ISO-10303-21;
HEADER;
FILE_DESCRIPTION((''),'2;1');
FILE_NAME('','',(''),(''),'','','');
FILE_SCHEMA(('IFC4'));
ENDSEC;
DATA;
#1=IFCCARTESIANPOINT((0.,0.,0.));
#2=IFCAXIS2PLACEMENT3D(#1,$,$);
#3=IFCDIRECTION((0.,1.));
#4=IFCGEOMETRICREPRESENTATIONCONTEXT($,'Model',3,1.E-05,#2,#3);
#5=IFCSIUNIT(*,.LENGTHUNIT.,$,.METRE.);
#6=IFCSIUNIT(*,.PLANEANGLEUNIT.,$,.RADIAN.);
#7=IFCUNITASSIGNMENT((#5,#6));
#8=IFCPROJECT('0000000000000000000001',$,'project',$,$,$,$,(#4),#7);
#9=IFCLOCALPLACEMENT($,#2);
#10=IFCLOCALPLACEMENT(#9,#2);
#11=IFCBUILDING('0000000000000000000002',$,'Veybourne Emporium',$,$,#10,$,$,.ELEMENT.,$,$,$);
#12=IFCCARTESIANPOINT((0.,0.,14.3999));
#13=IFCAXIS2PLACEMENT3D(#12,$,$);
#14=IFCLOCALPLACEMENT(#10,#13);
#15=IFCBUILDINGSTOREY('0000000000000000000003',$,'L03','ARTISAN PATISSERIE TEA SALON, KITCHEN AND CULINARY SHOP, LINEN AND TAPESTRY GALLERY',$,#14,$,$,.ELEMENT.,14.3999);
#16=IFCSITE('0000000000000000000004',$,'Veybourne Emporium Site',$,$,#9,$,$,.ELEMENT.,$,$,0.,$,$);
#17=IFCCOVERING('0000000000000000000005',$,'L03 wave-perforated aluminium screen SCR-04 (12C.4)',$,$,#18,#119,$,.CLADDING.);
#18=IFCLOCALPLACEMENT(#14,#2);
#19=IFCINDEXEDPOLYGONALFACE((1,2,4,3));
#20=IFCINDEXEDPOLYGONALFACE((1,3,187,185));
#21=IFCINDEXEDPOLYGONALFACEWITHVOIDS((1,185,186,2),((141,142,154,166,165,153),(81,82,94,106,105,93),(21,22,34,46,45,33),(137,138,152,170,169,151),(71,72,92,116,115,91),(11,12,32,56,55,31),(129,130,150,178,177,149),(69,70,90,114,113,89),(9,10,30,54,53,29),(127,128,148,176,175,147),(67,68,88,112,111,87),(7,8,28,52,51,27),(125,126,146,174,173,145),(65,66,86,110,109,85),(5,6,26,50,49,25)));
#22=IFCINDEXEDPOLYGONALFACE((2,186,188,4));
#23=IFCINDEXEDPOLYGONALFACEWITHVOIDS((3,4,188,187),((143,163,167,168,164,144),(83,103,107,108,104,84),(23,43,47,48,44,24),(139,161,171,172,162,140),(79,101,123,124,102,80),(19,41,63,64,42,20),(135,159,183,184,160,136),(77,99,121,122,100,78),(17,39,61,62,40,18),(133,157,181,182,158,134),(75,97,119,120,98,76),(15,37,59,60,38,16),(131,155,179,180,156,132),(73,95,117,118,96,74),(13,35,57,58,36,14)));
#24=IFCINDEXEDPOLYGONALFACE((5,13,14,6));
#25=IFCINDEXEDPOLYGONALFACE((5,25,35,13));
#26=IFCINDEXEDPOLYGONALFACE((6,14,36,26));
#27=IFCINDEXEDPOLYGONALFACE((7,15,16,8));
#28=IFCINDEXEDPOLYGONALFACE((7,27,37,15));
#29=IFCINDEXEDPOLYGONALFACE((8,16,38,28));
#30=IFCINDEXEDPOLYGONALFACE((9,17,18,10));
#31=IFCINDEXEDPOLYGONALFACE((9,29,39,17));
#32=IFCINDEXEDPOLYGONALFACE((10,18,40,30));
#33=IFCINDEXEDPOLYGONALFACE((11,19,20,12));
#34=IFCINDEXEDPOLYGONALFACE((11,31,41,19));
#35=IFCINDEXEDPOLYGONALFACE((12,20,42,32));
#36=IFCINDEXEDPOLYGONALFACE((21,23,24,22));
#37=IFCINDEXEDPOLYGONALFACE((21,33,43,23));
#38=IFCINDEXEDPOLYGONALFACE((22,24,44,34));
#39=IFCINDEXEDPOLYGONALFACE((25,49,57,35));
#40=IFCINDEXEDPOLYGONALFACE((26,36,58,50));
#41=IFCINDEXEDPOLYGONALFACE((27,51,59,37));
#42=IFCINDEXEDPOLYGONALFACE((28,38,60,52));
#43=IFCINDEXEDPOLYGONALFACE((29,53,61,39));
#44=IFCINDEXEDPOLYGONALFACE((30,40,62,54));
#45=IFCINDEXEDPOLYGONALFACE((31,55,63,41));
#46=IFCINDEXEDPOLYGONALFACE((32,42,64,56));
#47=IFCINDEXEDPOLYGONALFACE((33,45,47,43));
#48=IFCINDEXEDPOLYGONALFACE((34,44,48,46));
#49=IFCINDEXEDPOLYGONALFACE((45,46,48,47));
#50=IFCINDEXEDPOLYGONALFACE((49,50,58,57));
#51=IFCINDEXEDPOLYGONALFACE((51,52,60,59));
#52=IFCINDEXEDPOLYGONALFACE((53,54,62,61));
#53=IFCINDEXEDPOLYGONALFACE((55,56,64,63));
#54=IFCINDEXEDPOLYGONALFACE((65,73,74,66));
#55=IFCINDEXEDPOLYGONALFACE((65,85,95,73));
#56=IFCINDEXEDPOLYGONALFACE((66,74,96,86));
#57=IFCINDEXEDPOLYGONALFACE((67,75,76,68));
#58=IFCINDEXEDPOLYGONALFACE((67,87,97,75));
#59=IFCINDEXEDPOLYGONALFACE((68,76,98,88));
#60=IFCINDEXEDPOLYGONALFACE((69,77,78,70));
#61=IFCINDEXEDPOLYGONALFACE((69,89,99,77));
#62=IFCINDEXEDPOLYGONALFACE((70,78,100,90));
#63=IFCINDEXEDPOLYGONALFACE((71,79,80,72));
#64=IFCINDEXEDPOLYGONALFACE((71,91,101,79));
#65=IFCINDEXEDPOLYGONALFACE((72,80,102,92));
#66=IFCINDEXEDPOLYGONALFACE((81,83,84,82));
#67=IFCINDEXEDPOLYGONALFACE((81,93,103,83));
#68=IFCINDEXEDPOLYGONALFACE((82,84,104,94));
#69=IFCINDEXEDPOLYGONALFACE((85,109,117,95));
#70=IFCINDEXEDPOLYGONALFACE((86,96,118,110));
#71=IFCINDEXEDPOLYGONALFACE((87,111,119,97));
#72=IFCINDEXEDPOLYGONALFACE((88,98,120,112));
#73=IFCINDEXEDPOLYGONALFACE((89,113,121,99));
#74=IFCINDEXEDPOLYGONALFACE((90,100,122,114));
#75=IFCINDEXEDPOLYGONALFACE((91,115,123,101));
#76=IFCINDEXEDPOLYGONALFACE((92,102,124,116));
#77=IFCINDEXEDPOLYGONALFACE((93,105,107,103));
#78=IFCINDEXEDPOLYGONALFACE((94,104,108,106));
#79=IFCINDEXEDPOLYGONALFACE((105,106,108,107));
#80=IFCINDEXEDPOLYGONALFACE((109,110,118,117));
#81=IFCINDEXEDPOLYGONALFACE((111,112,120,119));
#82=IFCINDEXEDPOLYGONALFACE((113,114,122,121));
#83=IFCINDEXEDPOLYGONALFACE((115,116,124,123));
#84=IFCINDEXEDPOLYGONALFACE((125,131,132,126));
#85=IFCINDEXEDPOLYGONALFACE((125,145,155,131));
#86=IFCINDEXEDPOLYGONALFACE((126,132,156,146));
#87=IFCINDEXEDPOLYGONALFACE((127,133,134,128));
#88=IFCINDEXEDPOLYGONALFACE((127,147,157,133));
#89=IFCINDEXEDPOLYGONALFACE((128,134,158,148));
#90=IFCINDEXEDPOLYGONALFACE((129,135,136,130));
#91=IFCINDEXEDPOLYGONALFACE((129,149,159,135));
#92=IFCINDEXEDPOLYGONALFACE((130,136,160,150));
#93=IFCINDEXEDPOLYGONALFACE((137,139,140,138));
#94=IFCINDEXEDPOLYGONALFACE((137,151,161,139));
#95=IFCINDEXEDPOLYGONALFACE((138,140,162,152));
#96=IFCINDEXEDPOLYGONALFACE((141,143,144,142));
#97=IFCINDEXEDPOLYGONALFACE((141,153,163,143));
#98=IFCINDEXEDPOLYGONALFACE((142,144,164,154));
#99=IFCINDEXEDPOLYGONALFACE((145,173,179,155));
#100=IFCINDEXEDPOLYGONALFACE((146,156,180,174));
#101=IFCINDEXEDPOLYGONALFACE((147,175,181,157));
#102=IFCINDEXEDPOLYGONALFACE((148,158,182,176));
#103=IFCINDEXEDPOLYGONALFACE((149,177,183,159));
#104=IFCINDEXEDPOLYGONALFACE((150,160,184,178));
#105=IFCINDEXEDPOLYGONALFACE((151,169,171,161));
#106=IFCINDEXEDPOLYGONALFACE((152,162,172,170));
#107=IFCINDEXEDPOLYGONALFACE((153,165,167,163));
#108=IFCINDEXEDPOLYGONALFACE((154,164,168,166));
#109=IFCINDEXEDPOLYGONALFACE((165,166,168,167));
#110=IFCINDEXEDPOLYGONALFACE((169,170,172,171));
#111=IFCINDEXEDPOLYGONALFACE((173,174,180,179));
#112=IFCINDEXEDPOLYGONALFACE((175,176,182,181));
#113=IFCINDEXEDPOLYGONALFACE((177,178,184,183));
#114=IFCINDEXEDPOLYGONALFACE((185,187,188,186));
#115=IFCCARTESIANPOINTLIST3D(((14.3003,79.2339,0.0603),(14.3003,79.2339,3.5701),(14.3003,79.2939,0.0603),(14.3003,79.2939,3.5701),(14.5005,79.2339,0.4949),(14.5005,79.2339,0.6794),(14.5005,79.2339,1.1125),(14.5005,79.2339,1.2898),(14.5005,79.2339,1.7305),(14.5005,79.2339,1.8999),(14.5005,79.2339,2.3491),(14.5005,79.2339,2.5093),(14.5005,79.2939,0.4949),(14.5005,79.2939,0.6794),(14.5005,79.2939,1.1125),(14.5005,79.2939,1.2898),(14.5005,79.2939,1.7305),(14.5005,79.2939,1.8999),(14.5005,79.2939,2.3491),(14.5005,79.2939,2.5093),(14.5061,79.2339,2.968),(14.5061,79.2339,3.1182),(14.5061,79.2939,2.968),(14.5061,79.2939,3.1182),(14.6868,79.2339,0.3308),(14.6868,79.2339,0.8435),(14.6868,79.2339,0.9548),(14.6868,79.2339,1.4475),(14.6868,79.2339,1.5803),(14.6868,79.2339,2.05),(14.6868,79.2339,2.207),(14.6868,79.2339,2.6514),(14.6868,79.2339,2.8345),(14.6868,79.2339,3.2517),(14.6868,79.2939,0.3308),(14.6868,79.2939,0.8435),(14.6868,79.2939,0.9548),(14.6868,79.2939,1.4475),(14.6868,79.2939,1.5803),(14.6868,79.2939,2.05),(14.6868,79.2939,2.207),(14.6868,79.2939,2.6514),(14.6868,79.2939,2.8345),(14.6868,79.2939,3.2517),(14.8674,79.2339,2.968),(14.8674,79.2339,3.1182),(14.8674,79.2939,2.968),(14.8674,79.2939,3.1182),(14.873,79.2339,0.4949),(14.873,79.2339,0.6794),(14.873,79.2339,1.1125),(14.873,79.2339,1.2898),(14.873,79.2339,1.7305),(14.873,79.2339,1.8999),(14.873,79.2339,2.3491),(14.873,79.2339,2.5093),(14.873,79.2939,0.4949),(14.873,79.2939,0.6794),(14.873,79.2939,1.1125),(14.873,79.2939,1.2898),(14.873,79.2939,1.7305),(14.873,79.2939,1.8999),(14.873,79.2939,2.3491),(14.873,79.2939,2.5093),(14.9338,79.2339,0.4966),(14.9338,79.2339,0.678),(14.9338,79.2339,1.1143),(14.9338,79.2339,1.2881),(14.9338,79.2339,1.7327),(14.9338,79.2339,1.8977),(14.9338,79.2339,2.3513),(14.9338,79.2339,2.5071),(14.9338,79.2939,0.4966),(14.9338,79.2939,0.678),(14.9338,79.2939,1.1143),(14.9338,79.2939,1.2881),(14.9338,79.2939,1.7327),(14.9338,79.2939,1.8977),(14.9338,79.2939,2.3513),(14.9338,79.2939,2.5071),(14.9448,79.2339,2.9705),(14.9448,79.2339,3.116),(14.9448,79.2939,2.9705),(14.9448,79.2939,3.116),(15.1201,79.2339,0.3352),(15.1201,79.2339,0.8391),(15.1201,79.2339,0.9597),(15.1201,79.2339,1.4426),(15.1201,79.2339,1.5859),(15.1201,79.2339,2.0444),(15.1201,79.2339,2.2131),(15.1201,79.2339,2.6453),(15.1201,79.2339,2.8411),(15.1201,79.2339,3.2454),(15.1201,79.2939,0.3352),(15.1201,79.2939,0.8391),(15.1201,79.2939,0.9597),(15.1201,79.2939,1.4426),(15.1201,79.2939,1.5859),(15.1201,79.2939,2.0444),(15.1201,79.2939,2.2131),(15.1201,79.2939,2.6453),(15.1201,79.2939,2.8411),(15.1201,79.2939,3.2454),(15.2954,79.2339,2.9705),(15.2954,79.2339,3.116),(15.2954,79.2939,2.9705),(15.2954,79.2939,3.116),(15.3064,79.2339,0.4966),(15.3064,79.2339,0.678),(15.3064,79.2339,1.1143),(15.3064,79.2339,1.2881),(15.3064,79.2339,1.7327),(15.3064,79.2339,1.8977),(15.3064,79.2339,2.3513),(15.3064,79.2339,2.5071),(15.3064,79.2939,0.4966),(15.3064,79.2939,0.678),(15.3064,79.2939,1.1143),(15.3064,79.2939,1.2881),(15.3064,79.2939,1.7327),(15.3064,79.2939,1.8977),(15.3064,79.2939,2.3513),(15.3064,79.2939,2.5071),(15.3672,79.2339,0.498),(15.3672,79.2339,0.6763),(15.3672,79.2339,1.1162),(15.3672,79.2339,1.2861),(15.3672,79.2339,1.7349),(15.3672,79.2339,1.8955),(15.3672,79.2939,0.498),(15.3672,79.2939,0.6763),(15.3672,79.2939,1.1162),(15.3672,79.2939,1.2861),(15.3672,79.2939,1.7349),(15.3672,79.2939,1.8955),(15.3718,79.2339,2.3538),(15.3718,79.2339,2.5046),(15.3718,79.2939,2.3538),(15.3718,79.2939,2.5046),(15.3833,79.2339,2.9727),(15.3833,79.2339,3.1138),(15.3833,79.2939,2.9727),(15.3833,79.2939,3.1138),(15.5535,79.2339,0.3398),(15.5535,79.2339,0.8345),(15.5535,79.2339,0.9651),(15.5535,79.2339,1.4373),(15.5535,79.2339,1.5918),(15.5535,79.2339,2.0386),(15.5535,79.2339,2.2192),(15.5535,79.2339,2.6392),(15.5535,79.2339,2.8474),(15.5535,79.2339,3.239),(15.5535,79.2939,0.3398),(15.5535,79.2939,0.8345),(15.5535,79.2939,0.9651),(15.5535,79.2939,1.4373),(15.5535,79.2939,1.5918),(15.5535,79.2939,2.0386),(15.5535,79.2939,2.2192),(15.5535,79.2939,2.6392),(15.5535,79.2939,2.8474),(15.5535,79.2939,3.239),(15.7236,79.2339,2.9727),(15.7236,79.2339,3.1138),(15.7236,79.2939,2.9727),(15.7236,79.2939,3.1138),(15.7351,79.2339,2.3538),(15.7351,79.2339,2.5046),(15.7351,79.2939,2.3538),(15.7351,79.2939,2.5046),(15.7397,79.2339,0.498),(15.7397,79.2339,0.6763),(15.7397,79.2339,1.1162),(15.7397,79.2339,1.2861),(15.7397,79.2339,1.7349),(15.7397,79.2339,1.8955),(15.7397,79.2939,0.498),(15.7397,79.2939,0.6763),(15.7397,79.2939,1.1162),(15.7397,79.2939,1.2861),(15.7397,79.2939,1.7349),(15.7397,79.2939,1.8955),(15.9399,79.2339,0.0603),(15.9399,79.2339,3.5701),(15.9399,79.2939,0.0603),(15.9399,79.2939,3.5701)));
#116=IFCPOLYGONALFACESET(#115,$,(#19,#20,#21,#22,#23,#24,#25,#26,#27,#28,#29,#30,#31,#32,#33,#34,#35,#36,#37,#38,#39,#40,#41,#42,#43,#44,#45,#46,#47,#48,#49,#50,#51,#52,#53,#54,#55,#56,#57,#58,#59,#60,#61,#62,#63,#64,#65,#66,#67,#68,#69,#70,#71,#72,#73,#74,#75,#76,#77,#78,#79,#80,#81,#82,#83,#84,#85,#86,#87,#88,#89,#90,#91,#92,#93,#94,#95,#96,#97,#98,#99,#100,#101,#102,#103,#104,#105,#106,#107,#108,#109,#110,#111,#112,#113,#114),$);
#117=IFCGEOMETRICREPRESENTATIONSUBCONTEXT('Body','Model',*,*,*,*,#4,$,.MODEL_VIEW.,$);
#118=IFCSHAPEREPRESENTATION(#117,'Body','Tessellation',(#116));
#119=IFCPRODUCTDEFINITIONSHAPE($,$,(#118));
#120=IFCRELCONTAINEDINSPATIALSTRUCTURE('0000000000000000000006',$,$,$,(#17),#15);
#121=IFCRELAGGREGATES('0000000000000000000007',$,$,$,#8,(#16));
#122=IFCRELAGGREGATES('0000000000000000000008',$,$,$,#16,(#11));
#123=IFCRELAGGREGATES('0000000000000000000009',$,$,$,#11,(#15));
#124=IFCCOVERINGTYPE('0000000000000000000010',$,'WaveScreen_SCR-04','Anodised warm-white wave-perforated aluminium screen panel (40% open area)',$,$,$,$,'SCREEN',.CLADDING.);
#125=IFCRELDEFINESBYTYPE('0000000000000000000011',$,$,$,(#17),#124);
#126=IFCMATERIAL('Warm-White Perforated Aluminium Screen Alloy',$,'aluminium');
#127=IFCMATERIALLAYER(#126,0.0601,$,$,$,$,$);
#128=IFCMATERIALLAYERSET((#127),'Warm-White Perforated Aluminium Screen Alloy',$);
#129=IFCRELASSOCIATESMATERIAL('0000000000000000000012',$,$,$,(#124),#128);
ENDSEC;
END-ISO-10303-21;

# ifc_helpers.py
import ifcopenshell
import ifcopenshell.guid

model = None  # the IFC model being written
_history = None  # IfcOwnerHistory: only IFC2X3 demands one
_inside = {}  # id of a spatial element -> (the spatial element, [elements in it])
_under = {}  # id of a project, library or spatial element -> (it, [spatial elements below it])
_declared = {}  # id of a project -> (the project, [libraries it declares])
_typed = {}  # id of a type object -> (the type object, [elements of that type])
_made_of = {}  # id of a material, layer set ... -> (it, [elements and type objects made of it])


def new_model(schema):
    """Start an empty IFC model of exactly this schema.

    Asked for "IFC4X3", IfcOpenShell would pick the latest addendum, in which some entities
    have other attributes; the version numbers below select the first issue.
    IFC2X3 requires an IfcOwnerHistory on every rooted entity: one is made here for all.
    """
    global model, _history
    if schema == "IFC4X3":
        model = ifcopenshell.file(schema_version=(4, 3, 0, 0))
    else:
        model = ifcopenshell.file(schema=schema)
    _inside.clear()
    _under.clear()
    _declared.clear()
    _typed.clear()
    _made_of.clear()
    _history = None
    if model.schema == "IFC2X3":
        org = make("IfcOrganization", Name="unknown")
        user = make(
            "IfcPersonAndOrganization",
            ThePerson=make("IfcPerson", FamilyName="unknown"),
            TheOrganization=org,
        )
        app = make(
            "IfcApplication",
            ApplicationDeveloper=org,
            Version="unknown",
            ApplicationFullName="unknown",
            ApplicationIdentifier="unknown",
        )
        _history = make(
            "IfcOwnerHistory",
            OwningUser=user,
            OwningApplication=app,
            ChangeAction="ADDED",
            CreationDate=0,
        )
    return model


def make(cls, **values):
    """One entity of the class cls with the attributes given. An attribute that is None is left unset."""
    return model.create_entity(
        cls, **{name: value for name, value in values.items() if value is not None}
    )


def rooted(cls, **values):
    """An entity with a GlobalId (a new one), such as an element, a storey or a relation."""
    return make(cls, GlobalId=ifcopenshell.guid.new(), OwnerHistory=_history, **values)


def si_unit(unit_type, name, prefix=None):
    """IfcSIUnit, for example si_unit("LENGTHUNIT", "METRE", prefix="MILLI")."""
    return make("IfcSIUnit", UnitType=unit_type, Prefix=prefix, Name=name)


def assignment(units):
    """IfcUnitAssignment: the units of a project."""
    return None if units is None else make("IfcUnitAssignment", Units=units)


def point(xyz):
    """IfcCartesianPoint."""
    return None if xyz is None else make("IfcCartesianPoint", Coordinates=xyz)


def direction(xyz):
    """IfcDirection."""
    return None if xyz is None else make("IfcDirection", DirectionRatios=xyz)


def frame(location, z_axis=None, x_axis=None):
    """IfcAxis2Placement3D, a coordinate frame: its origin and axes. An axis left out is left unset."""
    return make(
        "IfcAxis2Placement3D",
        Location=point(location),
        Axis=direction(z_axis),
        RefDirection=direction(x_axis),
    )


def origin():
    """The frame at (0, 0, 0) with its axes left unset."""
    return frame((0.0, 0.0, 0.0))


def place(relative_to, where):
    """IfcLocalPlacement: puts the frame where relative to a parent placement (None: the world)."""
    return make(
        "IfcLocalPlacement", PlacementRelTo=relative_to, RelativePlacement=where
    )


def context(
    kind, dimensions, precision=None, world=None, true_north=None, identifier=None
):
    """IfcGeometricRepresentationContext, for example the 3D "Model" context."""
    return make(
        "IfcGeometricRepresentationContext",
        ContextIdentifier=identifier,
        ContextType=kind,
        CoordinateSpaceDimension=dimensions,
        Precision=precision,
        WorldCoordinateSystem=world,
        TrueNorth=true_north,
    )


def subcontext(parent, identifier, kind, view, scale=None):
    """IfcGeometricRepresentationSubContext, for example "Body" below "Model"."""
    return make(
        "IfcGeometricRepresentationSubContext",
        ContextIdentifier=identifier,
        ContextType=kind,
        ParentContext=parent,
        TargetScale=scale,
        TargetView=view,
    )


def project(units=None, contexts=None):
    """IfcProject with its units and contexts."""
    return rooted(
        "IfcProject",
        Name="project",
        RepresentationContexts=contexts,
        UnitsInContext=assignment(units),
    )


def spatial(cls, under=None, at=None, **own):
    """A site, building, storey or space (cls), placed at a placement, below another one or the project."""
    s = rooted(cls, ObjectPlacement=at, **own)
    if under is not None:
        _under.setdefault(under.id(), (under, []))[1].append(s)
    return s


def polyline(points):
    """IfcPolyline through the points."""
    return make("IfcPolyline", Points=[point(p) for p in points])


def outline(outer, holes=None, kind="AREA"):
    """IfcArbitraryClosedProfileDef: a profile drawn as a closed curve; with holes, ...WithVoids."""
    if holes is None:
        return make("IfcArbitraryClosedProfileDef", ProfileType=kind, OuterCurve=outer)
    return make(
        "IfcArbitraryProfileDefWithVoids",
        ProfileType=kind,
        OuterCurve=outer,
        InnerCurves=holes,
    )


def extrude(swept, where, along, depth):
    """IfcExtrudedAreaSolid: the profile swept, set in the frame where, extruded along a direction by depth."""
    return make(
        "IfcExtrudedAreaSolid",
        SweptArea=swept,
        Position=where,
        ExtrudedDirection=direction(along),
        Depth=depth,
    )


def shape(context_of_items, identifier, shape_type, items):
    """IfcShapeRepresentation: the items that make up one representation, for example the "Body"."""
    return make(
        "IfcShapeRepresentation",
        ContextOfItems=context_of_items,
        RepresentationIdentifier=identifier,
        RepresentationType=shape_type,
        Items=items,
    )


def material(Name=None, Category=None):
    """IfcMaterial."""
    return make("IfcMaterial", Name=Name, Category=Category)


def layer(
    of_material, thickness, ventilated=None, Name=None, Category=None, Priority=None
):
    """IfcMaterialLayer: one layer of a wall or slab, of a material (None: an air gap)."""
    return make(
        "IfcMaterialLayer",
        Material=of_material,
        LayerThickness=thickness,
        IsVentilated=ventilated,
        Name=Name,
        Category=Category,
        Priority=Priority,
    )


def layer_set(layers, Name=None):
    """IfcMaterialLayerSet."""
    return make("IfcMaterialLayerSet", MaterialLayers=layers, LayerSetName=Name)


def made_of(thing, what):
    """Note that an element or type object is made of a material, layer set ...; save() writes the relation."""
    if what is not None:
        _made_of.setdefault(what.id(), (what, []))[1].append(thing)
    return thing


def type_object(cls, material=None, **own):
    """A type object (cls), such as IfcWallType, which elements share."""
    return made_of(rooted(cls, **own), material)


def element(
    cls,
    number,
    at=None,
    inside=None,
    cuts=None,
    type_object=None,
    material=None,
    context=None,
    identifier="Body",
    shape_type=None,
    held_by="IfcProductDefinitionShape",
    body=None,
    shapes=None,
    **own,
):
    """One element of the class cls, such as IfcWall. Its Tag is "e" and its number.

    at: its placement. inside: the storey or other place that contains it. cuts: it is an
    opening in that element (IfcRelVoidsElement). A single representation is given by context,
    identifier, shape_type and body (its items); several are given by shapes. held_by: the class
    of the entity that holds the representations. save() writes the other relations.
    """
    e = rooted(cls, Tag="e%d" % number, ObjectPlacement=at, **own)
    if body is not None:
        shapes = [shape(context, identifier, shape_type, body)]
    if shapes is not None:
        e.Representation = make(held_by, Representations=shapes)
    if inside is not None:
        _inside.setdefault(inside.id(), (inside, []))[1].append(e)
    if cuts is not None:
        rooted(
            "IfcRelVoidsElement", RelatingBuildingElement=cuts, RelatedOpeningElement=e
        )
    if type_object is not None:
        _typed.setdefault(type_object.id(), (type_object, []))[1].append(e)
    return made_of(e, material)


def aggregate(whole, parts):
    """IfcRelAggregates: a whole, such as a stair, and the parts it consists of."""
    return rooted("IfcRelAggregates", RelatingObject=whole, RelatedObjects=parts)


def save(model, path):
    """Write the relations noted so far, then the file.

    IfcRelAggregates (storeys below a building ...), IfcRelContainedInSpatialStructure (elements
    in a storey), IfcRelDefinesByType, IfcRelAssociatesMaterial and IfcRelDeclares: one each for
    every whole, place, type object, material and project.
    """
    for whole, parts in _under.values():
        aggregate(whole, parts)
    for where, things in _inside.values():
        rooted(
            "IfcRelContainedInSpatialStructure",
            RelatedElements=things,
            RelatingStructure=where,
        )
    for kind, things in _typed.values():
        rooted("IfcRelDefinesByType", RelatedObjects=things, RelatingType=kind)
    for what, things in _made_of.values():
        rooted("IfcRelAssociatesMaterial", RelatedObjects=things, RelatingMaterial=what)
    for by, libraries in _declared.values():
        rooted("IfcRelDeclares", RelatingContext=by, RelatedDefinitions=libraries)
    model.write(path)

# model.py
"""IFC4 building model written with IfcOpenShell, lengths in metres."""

from ifc_helpers import new_model, si_unit, direction, frame, origin, place, context, subcontext, project, spatial, polyline, outline, extrude, material, layer, layer_set, type_object, element, save


model = new_model("IFC4")

# Units and contexts
model_context = context("Model", 3, precision=1e-05, world=origin(), true_north=direction((0.0, 1.0)))
body_context = subcontext(model_context, "Body", "Model", "MODEL_VIEW")
ifc_project = project(units=[si_unit("LENGTHUNIT", "METRE"), si_unit("PLANEANGLEUNIT", "RADIAN")], contexts=[model_context])

# Site, building, storey
site_placement = place(None, origin())
site = spatial("IfcSite", under=ifc_project, at=site_placement, Name="Veybourne Emporium Site", CompositionType="ELEMENT", RefElevation=0.0)
building_placement = place(site_placement, origin())
building = spatial("IfcBuilding", under=site, at=building_placement, Name="Veybourne Emporium", CompositionType="ELEMENT")
storey_placement = place(building_placement, frame((0.0, 0.0, 14.3999)))
storey = spatial("IfcBuildingStorey", under=building, at=storey_placement, Name="L03", Description="ARTISAN PATISSERIE TEA SALON, KITCHEN AND CULINARY SHOP, LINEN AND TAPESTRY GALLERY", CompositionType="ELEMENT", Elevation=14.3999)

# Covering
ifc_material_1 = material(Name="Warm-White Perforated Aluminium Screen Alloy", Category="aluminium")
ifc_layer_1 = layer(ifc_material_1, 0.0601)
ifc_layer_set_1 = layer_set([ifc_layer_1], Name="Warm-White Perforated Aluminium Screen Alloy")
covering_type_1 = type_object("IfcCoveringType", Name="WaveScreen_SCR-04", Description="Anodised warm-white wave-perforated aluminium screen panel (40% open area)", ElementType="SCREEN", PredefinedType="CLADDING", material=ifc_layer_set_1)
covering_1_placement = place(storey_placement, frame((15.1201, 79.2939, 1.8152), z_axis=(0.0, -1.0, 0.0), x_axis=(1.0, 0.0, 0.0)))
element("IfcCovering", 1, at=covering_1_placement, inside=storey, type_object=covering_type_1, Name="L03 wave-perforated aluminium screen SCR-04 (12C.4)", PredefinedType="CLADDING", context=body_context, shape_type="SweptSolid", body=[
    extrude(outline(polyline([(-0.8198, -1.7549), (0.8198, -1.7549), (0.8198, 1.7549), (-0.8198, 1.7549), (-0.8198, -1.7549)]), holes=[polyline([(-0.4333, -0.9717), (-0.2471, -1.1357), (-0.2471, -1.3203), (-0.4333, -1.4844), (-0.6196, -1.3203), (-0.6196, -1.1357), (-0.4333, -0.9717)]), polyline([(-0.4333, -0.3677), (-0.2471, -0.5254), (-0.2471, -0.7026), (-0.4333, -0.8604), (-0.6196, -0.7026), (-0.6196, -0.5254), (-0.4333, -0.3677)]), polyline([(-0.4333, 0.2349), (-0.2471, 0.0847), (-0.2471, -0.0847), (-0.4333, -0.2349), (-0.6196, -0.0847), (-0.6196, 0.0847), (-0.4333, 0.2349)]), polyline([(-0.4333, 0.8362), (-0.2471, 0.6941), (-0.2471, 0.5339), (-0.4333, 0.3918), (-0.6196, 0.5339), (-0.6196, 0.6941), (-0.4333, 0.8362)]), polyline([(-0.4333, 1.4365), (-0.2527, 1.303), (-0.2527, 1.1528), (-0.4333, 1.0193), (-0.614, 1.1528), (-0.614, 1.303), (-0.4333, 1.4365)]), polyline([(0.0, -0.9761), (0.1863, -1.1372), (0.1863, -1.3186), (0.0, -1.48), (-0.1863, -1.3186), (-0.1863, -1.1372), (0.0, -0.9761)]), polyline([(0.0, -0.3726), (0.1863, -0.5271), (0.1863, -0.7009), (0.0, -0.8555), (-0.1863, -0.7009), (-0.1863, -0.5271), (0.0, -0.3726)]), polyline([(0.0, 0.2292), (0.1863, 0.0825), (0.1863, -0.0825), (0.0, -0.2292), (-0.1863, -0.0825), (-0.1863, 0.0825), (0.0, 0.2292)]), polyline([(0.0, 0.8301), (0.1863, 0.6919), (0.1863, 0.5361), (0.0, 0.3979), (-0.1863, 0.5361), (-0.1863, 0.6919), (0.0, 0.8301)]), polyline([(0.0, 1.4302), (0.1753, 1.3008), (0.1753, 1.1553), (0.0, 1.0259), (-0.1753, 1.1553), (-0.1753, 1.3008), (0.0, 1.4302)]), polyline([(0.4333, -0.9807), (0.6196, -1.1389), (0.6196, -1.3171), (0.4333, -1.4753), (0.2471, -1.3171), (0.2471, -1.1389), (0.4333, -0.9807)]), polyline([(0.4333, -0.3779), (0.6196, -0.5291), (0.6196, -0.699), (0.4333, -0.8501), (0.2471, -0.699), (0.2471, -0.5291), (0.4333, -0.3779)]), polyline([(0.4333, 0.2234), (0.6196, 0.0803), (0.6196, -0.0803), (0.4333, -0.2234), (0.2471, -0.0803), (0.2471, 0.0803), (0.4333, 0.2234)]), polyline([(0.4333, 0.824), (0.615, 0.6895), (0.615, 0.5386), (0.4333, 0.4041), (0.2517, 0.5386), (0.2517, 0.6895), (0.4333, 0.824)]), polyline([(0.4333, 1.4238), (0.6035, 1.2986), (0.6035, 1.1575), (0.4333, 1.0322), (0.2632, 1.1575), (0.2632, 1.2986), (0.4333, 1.4238)])]), origin(), (0.0, 0.0, 1.0), 0.0601),
])

save(model, "model.ifc")
